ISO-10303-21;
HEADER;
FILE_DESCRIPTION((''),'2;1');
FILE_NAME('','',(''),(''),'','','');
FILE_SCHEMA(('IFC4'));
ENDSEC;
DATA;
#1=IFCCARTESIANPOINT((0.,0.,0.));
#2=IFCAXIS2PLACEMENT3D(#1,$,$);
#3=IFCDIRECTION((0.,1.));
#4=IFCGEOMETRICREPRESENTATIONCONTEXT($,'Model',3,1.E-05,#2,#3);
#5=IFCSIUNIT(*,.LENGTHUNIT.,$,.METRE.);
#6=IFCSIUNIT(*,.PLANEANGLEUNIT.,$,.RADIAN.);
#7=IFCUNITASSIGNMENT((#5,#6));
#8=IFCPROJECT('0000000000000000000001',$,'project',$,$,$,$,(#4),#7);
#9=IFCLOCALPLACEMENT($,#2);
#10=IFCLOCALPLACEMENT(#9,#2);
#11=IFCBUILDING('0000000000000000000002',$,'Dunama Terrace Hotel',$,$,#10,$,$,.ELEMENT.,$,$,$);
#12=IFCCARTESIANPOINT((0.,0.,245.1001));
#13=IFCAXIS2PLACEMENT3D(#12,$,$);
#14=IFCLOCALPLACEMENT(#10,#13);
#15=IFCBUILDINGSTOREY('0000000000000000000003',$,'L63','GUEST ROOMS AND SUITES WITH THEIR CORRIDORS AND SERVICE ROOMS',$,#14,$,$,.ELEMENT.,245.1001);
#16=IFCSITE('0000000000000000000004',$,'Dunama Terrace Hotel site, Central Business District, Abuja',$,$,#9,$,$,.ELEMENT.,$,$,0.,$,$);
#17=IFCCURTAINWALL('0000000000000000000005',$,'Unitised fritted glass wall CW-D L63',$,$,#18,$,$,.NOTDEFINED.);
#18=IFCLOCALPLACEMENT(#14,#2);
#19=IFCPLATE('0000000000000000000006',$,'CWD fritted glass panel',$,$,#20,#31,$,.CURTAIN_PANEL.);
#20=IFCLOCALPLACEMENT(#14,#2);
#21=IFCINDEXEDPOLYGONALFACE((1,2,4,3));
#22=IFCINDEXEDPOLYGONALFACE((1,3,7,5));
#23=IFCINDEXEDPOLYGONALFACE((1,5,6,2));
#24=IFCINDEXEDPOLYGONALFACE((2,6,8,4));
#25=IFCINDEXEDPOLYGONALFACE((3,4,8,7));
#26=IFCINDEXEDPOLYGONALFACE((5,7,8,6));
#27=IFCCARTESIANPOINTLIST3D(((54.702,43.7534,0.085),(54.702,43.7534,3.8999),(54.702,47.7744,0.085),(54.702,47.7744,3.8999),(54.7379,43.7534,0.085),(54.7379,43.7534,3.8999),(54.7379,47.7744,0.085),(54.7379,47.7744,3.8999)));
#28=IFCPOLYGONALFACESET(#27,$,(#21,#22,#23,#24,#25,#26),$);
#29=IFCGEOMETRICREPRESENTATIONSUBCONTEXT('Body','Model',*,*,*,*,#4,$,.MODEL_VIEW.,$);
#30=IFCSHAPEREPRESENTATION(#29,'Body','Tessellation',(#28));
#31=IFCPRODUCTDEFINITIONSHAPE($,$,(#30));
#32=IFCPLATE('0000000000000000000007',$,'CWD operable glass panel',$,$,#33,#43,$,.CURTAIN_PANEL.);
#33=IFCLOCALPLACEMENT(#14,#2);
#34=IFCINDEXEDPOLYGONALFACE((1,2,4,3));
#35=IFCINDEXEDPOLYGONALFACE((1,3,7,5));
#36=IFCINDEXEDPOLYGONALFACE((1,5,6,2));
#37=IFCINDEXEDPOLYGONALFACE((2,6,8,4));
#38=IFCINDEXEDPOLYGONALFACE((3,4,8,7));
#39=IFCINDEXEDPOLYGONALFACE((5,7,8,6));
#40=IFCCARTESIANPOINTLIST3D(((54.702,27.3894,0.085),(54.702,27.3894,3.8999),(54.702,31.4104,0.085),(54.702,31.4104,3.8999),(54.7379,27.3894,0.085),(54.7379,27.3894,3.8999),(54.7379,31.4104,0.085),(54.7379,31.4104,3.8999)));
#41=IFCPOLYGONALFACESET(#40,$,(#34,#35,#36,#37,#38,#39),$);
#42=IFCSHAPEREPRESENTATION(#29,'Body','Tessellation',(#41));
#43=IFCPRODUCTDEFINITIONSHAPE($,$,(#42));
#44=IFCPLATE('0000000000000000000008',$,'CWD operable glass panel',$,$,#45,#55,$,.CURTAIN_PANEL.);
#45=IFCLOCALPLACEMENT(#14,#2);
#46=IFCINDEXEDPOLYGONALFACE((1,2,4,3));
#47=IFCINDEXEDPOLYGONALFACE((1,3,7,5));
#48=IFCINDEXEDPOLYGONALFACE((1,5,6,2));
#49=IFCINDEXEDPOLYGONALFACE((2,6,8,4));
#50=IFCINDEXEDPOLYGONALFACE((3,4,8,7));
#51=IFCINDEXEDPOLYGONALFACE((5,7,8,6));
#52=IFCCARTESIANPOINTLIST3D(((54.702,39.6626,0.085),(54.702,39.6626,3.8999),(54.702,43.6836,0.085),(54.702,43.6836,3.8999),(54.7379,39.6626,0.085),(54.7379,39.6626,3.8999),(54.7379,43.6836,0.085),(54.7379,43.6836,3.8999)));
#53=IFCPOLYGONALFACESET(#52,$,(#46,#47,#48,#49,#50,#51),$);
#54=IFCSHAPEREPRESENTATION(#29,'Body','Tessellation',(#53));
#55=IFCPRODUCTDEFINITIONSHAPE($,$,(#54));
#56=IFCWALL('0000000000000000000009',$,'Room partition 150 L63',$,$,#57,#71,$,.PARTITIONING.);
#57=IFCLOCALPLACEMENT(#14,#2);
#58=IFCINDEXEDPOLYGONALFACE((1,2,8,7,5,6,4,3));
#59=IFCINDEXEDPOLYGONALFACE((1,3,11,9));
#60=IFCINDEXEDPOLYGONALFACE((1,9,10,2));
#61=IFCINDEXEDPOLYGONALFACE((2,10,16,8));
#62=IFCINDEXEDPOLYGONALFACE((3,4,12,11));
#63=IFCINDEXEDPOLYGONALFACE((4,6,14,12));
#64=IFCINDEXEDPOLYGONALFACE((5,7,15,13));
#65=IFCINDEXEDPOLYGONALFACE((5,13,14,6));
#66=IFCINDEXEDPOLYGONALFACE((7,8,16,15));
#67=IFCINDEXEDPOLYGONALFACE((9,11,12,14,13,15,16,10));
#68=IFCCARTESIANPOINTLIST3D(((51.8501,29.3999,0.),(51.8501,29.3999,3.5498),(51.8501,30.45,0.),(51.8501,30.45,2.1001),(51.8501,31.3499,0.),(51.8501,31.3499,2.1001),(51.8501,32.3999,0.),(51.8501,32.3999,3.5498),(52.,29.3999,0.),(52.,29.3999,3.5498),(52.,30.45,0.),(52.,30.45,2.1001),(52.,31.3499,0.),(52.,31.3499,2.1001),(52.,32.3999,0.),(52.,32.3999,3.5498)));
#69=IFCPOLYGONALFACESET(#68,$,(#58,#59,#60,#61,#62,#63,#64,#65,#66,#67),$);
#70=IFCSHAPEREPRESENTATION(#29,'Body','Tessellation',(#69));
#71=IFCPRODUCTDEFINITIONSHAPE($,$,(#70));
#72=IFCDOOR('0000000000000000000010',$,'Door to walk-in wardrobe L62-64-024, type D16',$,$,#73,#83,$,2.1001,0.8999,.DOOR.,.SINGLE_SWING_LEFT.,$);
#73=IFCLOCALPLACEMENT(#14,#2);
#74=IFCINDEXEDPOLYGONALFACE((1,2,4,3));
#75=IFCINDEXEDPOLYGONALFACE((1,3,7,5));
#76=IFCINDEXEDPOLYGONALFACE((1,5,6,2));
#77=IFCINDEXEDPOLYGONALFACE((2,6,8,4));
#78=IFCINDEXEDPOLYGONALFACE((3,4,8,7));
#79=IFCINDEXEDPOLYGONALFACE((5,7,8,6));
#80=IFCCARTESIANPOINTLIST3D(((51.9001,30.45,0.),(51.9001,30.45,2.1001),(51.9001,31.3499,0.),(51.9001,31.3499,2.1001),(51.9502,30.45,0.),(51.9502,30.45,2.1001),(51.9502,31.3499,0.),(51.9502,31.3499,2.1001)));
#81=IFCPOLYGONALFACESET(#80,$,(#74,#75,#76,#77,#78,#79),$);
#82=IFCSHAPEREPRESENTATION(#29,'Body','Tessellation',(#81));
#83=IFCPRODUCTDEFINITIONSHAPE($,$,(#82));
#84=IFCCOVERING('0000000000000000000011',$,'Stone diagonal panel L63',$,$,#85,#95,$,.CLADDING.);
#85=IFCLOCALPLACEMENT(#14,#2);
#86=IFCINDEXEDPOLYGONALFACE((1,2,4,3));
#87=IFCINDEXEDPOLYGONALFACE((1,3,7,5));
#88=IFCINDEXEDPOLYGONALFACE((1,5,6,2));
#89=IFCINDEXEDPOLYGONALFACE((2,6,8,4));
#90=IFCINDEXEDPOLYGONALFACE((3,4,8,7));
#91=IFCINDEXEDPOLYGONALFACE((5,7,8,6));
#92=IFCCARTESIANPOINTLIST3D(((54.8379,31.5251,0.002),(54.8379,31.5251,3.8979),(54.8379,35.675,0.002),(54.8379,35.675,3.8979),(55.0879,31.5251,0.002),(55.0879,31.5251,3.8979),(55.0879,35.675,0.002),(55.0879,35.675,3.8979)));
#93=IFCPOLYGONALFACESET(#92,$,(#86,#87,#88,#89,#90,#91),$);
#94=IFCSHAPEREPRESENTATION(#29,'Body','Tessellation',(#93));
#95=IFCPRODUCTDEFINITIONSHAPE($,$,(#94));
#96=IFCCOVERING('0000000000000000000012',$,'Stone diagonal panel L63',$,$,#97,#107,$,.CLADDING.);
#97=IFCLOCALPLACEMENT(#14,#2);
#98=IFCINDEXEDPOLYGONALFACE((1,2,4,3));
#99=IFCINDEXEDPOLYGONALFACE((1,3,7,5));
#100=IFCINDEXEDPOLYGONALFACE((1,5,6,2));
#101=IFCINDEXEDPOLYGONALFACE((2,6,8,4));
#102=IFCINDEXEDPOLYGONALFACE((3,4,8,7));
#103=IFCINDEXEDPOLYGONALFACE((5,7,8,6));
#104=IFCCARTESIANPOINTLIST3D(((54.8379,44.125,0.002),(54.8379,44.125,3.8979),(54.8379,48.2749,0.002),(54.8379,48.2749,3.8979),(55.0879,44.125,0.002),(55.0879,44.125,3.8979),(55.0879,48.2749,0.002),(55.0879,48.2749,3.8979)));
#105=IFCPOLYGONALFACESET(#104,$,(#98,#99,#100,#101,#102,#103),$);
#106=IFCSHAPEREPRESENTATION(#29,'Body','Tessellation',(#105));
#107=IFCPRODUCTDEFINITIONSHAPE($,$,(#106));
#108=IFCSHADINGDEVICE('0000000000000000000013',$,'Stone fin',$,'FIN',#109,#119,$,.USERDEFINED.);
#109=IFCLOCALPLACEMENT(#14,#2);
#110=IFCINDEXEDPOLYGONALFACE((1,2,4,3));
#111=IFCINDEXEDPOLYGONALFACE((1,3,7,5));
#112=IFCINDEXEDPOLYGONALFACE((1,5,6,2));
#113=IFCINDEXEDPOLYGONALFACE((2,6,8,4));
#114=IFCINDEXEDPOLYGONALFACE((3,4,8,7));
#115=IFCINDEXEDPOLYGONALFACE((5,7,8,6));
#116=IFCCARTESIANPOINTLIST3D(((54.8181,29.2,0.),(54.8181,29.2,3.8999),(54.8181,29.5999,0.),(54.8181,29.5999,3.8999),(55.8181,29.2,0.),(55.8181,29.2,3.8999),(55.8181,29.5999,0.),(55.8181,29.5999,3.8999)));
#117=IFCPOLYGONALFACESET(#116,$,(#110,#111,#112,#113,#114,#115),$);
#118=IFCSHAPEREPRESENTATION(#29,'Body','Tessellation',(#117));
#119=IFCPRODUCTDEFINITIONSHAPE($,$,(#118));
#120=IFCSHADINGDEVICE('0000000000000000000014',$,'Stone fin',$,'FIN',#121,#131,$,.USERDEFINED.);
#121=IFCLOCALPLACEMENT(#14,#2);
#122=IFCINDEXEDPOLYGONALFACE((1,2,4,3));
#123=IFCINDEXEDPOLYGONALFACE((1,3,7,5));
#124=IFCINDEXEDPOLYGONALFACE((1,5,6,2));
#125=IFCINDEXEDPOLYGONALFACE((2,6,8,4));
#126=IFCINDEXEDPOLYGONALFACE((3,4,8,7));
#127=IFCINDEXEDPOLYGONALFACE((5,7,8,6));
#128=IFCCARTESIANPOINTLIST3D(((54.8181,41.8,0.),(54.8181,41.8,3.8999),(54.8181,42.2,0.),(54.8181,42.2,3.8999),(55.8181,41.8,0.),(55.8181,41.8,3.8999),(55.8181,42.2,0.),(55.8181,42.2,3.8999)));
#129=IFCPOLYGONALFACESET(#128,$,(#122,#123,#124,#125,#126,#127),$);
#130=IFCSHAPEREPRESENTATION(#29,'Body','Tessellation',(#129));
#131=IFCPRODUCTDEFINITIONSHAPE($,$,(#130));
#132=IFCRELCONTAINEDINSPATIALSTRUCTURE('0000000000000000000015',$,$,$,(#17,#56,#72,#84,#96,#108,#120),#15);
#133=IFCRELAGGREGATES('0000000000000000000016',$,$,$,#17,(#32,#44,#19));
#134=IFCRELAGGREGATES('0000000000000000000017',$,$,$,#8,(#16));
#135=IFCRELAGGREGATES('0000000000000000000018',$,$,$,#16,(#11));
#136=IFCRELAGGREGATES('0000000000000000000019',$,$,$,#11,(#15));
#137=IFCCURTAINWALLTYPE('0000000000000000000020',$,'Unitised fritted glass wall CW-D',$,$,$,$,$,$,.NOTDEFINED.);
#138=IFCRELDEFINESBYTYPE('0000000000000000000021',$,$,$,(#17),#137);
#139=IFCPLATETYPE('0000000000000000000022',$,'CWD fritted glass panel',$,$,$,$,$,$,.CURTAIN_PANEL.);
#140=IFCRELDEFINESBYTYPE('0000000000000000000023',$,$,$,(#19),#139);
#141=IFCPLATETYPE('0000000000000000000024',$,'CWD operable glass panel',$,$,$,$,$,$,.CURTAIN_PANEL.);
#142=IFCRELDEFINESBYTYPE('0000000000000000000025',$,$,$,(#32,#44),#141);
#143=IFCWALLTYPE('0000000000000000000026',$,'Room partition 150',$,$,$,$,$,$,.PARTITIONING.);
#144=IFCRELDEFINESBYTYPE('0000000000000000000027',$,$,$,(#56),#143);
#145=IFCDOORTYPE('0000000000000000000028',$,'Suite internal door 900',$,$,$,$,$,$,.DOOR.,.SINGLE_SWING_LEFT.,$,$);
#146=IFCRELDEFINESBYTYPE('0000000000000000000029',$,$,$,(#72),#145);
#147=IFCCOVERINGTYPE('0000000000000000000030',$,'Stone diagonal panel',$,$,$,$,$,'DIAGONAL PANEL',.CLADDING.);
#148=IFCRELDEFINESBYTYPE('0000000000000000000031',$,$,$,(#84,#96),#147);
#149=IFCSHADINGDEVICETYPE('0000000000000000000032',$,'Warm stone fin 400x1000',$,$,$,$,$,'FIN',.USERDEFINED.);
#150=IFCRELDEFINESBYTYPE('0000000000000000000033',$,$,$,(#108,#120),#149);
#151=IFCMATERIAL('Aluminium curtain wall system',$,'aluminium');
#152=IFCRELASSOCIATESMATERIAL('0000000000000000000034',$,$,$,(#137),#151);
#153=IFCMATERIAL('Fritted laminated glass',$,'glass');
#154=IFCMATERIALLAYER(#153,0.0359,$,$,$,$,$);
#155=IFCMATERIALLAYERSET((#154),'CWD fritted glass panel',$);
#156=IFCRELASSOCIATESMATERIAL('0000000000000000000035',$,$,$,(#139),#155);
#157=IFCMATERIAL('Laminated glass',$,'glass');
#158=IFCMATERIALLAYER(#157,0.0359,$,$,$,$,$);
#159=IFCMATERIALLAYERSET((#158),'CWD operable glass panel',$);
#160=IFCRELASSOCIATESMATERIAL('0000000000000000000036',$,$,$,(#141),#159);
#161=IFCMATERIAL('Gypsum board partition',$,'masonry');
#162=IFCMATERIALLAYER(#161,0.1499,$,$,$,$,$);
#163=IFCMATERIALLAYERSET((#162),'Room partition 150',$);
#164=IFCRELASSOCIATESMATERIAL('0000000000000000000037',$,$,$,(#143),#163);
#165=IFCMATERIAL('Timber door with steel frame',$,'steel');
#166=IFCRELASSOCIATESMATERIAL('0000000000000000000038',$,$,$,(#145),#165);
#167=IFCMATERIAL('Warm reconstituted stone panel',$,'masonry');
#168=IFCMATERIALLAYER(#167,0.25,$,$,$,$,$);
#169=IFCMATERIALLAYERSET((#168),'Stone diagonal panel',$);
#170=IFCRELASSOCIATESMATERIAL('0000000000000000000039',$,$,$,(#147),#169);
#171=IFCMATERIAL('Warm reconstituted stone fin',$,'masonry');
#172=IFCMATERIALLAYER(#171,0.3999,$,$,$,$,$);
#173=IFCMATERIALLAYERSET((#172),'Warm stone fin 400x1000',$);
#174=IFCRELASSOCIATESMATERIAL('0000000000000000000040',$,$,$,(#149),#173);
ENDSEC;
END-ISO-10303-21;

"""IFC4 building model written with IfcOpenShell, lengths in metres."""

from ifc_helpers import new_model, si_unit, direction, frame, frame_2d, origin, origin_2d, place, context, subcontext, project, spatial, rectangle, extrude, material, layer, layer_set, type_object, element, fill, aggregate, save


model = new_model("IFC4")

# Units and contexts
model_context = context("Model", 3, precision=1e-05, world=origin(), true_north=direction((0.0, 1.0)))
body_context = subcontext(model_context, "Body", "Model", "MODEL_VIEW")
ifc_project = project(units=[si_unit("LENGTHUNIT", "METRE"), si_unit("PLANEANGLEUNIT", "RADIAN")], contexts=[model_context])

# Site, building, storey
site_placement = place(None, origin())
site = spatial("IfcSite", under=ifc_project, at=site_placement, Name="Dunama Terrace Hotel site, Central Business District, Abuja", CompositionType="ELEMENT", RefElevation=0.0)
building_placement = place(site_placement, origin())
building = spatial("IfcBuilding", under=site, at=building_placement, Name="Dunama Terrace Hotel", CompositionType="ELEMENT")
storey_placement = place(building_placement, frame((0.0, 0.0, 245.1001)))
storey = spatial("IfcBuildingStorey", under=building, at=storey_placement, Name="L63", Description="GUEST ROOMS AND SUITES WITH THEIR CORRIDORS AND SERVICE ROOMS", CompositionType="ELEMENT", Elevation=245.1001)

# Curtain wall
ifc_material_1 = material(Name="Aluminium curtain wall system", Category="aluminium")
curtain_wall_type = type_object("IfcCurtainWallType", Name="Unitised fritted glass wall CW-D", PredefinedType="NOTDEFINED", material=ifc_material_1)
curtain_wall_placement = place(storey_placement, origin())
curtain_wall = element("IfcCurtainWall", 1, at=curtain_wall_placement, inside=storey, type_object=curtain_wall_type, Name="Unitised fritted glass wall CW-D L63", PredefinedType="NOTDEFINED")

# Plates
ifc_material_2 = material(Name="Fritted laminated glass", Category="glass")
ifc_layer_1 = layer(ifc_material_2, 0.0359)
ifc_layer_set_1 = layer_set([ifc_layer_1], Name="CWD fritted glass panel")
plate_type_1 = type_object("IfcPlateType", Name="CWD fritted glass panel", PredefinedType="CURTAIN_PANEL", material=ifc_layer_set_1)
plate_1_placement = place(storey_placement, frame((54.72, 45.7639, 0.085), z_axis=(0.0, 0.0, 1.0), x_axis=(0.0, 1.0, 0.0)))
plate_1 = element("IfcPlate", 2, at=plate_1_placement, type_object=plate_type_1, Name="CWD fritted glass panel", PredefinedType="CURTAIN_PANEL", context=body_context, shape_type="SweptSolid", body=[
    extrude(rectangle(XDim=4.021, YDim=0.0359, at=origin_2d()), origin(), (0.0, 0.0, 1.0), 3.8149),
])
ifc_material_3 = material(Name="Laminated glass", Category="glass")
ifc_layer_2 = layer(ifc_material_3, 0.0359)
ifc_layer_set_2 = layer_set([ifc_layer_2], Name="CWD operable glass panel")
plate_type_2 = type_object("IfcPlateType", Name="CWD operable glass panel", PredefinedType="CURTAIN_PANEL", material=ifc_layer_set_2)
plate_2_placement = place(storey_placement, frame((54.72, 29.3999, 0.085), z_axis=(0.0, 0.0, 1.0), x_axis=(0.0, 1.0, 0.0)))
plate_2 = element("IfcPlate", 3, at=plate_2_placement, type_object=plate_type_2, Name="CWD operable glass panel", PredefinedType="CURTAIN_PANEL", context=body_context, shape_type="SweptSolid", body=[
    extrude(rectangle(XDim=4.021, YDim=0.0359, at=origin_2d()), origin(), (0.0, 0.0, 1.0), 3.8149),
])
plate_3_placement = place(storey_placement, frame((54.72, 41.6731, 0.085), z_axis=(0.0, 0.0, 1.0), x_axis=(0.0, 1.0, 0.0)))
plate_3 = element("IfcPlate", 4, at=plate_3_placement, type_object=plate_type_2, Name="CWD operable glass panel", PredefinedType="CURTAIN_PANEL", context=body_context, shape_type="SweptSolid", body=[
    extrude(rectangle(XDim=4.021, YDim=0.0359, at=origin_2d()), origin(), (0.0, 0.0, 1.0), 3.8149),
])
aggregate(curtain_wall, [plate_2, plate_3, plate_1])

# Wall, opening, door
ifc_material_4 = material(Name="Gypsum board partition", Category="masonry")
ifc_layer_3 = layer(ifc_material_4, 0.1499)
ifc_layer_set_3 = layer_set([ifc_layer_3], Name="Room partition 150")
wall_type = type_object("IfcWallType", Name="Room partition 150", PredefinedType="PARTITIONING", material=ifc_layer_set_3)
wall_placement = place(storey_placement, frame((51.925, 29.3999, 0.0), z_axis=(0.0, 0.0, 1.0), x_axis=(0.0, 1.0, 0.0)))
wall = element("IfcWall", 5, at=wall_placement, inside=storey, type_object=wall_type, Name="Room partition 150 L63", PredefinedType="PARTITIONING", context=body_context, shape_type="SweptSolid", body=[
    extrude(rectangle(XDim=3.0, YDim=0.1499, at=frame_2d((1.5, 0.0))), origin(), (0.0, 0.0, 1.0), 3.5498),
])
opening_placement = place(wall_placement, frame((1.05, 0.0, 0.0)))
opening = element("IfcOpeningElement", 6, at=opening_placement, cuts=wall, PredefinedType="OPENING", context=body_context, shape_type="SweptSolid", body=[
    extrude(rectangle(XDim=0.8999, YDim=2.1001, at=frame_2d((0.45, 1.05))), frame((0.0, 0.085, 0.0), z_axis=(0.0, -1.0, 0.0), x_axis=(1.0, 0.0, 0.0)), (0.0, 0.0, 1.0), 0.1699),
])
ifc_material_5 = material(Name="Timber door with steel frame", Category="steel")
door_type = type_object("IfcDoorType", Name="Suite internal door 900", OperationType="SINGLE_SWING_LEFT", PredefinedType="DOOR", material=ifc_material_5)
door_placement = place(opening_placement, origin())
door = element("IfcDoor", 7, at=door_placement, inside=storey, type_object=door_type, Name="Door to walk-in wardrobe L62-64-024, type D16", OperationType="SINGLE_SWING_LEFT", OverallHeight=2.1001, OverallWidth=0.8999, PredefinedType="DOOR", context=body_context, shape_type="SweptSolid", body=[
    extrude(rectangle(XDim=0.8999, YDim=2.1001, at=frame_2d((0.45, 1.05))), frame((0.0, 0.0249, 0.0), z_axis=(0.0, -1.0, 0.0), x_axis=(1.0, 0.0, 0.0)), (0.0, 0.0, 1.0), 0.05),
])
fill(opening, door)

# Coverings
ifc_material_6 = material(Name="Warm reconstituted stone panel", Category="masonry")
ifc_layer_4 = layer(ifc_material_6, 0.25)
ifc_layer_set_4 = layer_set([ifc_layer_4], Name="Stone diagonal panel")
covering_type = type_object("IfcCoveringType", Name="Stone diagonal panel", ElementType="DIAGONAL PANEL", PredefinedType="CLADDING", material=ifc_layer_set_4)
for number, where, z_axis, x_axis, name in (
    (8, (54.9629, 33.6001, 0.002), (0.0, 0.0, 1.0), (0.0, 1.0, 0.0), "Stone diagonal panel L63"),
    (9, (54.9629, 46.2, 0.002), (0.0, 0.0, 1.0), (0.0, 1.0, 0.0), "Stone diagonal panel L63"),
):
    element("IfcCovering", number, at=place(storey_placement, frame(where, z_axis=z_axis, x_axis=x_axis)), inside=storey, type_object=covering_type, Name=name, PredefinedType="CLADDING", context=body_context, shape_type="SweptSolid", body=[
        extrude(rectangle(XDim=4.1499, YDim=0.25, at=origin_2d()), origin(), (0.0, 0.0, 1.0), 3.896),
    ])

# Shading devices
ifc_material_7 = material(Name="Warm reconstituted stone fin", Category="masonry")
ifc_layer_5 = layer(ifc_material_7, 0.3999)
ifc_layer_set_5 = layer_set([ifc_layer_5], Name="Warm stone fin 400x1000")
shading_device_type = type_object("IfcShadingDeviceType", Name="Warm stone fin 400x1000", ElementType="FIN", PredefinedType="USERDEFINED", material=ifc_layer_set_5)
for number, where, z_axis, x_axis, name in (
    (10, (55.3181, 29.3999, 0.0), (0.0, 0.0, 1.0), (0.0, 1.0, 0.0), "Stone fin"),
    (11, (55.3181, 42.0, 0.0), (0.0, 0.0, 1.0), (0.0, 1.0, 0.0), "Stone fin"),
):
    element("IfcShadingDevice", number, at=place(storey_placement, frame(where, z_axis=z_axis, x_axis=x_axis)), inside=storey, type_object=shading_device_type, Name=name, ObjectType="FIN", PredefinedType="USERDEFINED", context=body_context, shape_type="SweptSolid", body=[
        extrude(rectangle(XDim=0.3999, YDim=1.0, at=origin_2d()), origin(), (0.0, 0.0, 1.0), 3.8999),
    ])

save(model, "model.ifc")
